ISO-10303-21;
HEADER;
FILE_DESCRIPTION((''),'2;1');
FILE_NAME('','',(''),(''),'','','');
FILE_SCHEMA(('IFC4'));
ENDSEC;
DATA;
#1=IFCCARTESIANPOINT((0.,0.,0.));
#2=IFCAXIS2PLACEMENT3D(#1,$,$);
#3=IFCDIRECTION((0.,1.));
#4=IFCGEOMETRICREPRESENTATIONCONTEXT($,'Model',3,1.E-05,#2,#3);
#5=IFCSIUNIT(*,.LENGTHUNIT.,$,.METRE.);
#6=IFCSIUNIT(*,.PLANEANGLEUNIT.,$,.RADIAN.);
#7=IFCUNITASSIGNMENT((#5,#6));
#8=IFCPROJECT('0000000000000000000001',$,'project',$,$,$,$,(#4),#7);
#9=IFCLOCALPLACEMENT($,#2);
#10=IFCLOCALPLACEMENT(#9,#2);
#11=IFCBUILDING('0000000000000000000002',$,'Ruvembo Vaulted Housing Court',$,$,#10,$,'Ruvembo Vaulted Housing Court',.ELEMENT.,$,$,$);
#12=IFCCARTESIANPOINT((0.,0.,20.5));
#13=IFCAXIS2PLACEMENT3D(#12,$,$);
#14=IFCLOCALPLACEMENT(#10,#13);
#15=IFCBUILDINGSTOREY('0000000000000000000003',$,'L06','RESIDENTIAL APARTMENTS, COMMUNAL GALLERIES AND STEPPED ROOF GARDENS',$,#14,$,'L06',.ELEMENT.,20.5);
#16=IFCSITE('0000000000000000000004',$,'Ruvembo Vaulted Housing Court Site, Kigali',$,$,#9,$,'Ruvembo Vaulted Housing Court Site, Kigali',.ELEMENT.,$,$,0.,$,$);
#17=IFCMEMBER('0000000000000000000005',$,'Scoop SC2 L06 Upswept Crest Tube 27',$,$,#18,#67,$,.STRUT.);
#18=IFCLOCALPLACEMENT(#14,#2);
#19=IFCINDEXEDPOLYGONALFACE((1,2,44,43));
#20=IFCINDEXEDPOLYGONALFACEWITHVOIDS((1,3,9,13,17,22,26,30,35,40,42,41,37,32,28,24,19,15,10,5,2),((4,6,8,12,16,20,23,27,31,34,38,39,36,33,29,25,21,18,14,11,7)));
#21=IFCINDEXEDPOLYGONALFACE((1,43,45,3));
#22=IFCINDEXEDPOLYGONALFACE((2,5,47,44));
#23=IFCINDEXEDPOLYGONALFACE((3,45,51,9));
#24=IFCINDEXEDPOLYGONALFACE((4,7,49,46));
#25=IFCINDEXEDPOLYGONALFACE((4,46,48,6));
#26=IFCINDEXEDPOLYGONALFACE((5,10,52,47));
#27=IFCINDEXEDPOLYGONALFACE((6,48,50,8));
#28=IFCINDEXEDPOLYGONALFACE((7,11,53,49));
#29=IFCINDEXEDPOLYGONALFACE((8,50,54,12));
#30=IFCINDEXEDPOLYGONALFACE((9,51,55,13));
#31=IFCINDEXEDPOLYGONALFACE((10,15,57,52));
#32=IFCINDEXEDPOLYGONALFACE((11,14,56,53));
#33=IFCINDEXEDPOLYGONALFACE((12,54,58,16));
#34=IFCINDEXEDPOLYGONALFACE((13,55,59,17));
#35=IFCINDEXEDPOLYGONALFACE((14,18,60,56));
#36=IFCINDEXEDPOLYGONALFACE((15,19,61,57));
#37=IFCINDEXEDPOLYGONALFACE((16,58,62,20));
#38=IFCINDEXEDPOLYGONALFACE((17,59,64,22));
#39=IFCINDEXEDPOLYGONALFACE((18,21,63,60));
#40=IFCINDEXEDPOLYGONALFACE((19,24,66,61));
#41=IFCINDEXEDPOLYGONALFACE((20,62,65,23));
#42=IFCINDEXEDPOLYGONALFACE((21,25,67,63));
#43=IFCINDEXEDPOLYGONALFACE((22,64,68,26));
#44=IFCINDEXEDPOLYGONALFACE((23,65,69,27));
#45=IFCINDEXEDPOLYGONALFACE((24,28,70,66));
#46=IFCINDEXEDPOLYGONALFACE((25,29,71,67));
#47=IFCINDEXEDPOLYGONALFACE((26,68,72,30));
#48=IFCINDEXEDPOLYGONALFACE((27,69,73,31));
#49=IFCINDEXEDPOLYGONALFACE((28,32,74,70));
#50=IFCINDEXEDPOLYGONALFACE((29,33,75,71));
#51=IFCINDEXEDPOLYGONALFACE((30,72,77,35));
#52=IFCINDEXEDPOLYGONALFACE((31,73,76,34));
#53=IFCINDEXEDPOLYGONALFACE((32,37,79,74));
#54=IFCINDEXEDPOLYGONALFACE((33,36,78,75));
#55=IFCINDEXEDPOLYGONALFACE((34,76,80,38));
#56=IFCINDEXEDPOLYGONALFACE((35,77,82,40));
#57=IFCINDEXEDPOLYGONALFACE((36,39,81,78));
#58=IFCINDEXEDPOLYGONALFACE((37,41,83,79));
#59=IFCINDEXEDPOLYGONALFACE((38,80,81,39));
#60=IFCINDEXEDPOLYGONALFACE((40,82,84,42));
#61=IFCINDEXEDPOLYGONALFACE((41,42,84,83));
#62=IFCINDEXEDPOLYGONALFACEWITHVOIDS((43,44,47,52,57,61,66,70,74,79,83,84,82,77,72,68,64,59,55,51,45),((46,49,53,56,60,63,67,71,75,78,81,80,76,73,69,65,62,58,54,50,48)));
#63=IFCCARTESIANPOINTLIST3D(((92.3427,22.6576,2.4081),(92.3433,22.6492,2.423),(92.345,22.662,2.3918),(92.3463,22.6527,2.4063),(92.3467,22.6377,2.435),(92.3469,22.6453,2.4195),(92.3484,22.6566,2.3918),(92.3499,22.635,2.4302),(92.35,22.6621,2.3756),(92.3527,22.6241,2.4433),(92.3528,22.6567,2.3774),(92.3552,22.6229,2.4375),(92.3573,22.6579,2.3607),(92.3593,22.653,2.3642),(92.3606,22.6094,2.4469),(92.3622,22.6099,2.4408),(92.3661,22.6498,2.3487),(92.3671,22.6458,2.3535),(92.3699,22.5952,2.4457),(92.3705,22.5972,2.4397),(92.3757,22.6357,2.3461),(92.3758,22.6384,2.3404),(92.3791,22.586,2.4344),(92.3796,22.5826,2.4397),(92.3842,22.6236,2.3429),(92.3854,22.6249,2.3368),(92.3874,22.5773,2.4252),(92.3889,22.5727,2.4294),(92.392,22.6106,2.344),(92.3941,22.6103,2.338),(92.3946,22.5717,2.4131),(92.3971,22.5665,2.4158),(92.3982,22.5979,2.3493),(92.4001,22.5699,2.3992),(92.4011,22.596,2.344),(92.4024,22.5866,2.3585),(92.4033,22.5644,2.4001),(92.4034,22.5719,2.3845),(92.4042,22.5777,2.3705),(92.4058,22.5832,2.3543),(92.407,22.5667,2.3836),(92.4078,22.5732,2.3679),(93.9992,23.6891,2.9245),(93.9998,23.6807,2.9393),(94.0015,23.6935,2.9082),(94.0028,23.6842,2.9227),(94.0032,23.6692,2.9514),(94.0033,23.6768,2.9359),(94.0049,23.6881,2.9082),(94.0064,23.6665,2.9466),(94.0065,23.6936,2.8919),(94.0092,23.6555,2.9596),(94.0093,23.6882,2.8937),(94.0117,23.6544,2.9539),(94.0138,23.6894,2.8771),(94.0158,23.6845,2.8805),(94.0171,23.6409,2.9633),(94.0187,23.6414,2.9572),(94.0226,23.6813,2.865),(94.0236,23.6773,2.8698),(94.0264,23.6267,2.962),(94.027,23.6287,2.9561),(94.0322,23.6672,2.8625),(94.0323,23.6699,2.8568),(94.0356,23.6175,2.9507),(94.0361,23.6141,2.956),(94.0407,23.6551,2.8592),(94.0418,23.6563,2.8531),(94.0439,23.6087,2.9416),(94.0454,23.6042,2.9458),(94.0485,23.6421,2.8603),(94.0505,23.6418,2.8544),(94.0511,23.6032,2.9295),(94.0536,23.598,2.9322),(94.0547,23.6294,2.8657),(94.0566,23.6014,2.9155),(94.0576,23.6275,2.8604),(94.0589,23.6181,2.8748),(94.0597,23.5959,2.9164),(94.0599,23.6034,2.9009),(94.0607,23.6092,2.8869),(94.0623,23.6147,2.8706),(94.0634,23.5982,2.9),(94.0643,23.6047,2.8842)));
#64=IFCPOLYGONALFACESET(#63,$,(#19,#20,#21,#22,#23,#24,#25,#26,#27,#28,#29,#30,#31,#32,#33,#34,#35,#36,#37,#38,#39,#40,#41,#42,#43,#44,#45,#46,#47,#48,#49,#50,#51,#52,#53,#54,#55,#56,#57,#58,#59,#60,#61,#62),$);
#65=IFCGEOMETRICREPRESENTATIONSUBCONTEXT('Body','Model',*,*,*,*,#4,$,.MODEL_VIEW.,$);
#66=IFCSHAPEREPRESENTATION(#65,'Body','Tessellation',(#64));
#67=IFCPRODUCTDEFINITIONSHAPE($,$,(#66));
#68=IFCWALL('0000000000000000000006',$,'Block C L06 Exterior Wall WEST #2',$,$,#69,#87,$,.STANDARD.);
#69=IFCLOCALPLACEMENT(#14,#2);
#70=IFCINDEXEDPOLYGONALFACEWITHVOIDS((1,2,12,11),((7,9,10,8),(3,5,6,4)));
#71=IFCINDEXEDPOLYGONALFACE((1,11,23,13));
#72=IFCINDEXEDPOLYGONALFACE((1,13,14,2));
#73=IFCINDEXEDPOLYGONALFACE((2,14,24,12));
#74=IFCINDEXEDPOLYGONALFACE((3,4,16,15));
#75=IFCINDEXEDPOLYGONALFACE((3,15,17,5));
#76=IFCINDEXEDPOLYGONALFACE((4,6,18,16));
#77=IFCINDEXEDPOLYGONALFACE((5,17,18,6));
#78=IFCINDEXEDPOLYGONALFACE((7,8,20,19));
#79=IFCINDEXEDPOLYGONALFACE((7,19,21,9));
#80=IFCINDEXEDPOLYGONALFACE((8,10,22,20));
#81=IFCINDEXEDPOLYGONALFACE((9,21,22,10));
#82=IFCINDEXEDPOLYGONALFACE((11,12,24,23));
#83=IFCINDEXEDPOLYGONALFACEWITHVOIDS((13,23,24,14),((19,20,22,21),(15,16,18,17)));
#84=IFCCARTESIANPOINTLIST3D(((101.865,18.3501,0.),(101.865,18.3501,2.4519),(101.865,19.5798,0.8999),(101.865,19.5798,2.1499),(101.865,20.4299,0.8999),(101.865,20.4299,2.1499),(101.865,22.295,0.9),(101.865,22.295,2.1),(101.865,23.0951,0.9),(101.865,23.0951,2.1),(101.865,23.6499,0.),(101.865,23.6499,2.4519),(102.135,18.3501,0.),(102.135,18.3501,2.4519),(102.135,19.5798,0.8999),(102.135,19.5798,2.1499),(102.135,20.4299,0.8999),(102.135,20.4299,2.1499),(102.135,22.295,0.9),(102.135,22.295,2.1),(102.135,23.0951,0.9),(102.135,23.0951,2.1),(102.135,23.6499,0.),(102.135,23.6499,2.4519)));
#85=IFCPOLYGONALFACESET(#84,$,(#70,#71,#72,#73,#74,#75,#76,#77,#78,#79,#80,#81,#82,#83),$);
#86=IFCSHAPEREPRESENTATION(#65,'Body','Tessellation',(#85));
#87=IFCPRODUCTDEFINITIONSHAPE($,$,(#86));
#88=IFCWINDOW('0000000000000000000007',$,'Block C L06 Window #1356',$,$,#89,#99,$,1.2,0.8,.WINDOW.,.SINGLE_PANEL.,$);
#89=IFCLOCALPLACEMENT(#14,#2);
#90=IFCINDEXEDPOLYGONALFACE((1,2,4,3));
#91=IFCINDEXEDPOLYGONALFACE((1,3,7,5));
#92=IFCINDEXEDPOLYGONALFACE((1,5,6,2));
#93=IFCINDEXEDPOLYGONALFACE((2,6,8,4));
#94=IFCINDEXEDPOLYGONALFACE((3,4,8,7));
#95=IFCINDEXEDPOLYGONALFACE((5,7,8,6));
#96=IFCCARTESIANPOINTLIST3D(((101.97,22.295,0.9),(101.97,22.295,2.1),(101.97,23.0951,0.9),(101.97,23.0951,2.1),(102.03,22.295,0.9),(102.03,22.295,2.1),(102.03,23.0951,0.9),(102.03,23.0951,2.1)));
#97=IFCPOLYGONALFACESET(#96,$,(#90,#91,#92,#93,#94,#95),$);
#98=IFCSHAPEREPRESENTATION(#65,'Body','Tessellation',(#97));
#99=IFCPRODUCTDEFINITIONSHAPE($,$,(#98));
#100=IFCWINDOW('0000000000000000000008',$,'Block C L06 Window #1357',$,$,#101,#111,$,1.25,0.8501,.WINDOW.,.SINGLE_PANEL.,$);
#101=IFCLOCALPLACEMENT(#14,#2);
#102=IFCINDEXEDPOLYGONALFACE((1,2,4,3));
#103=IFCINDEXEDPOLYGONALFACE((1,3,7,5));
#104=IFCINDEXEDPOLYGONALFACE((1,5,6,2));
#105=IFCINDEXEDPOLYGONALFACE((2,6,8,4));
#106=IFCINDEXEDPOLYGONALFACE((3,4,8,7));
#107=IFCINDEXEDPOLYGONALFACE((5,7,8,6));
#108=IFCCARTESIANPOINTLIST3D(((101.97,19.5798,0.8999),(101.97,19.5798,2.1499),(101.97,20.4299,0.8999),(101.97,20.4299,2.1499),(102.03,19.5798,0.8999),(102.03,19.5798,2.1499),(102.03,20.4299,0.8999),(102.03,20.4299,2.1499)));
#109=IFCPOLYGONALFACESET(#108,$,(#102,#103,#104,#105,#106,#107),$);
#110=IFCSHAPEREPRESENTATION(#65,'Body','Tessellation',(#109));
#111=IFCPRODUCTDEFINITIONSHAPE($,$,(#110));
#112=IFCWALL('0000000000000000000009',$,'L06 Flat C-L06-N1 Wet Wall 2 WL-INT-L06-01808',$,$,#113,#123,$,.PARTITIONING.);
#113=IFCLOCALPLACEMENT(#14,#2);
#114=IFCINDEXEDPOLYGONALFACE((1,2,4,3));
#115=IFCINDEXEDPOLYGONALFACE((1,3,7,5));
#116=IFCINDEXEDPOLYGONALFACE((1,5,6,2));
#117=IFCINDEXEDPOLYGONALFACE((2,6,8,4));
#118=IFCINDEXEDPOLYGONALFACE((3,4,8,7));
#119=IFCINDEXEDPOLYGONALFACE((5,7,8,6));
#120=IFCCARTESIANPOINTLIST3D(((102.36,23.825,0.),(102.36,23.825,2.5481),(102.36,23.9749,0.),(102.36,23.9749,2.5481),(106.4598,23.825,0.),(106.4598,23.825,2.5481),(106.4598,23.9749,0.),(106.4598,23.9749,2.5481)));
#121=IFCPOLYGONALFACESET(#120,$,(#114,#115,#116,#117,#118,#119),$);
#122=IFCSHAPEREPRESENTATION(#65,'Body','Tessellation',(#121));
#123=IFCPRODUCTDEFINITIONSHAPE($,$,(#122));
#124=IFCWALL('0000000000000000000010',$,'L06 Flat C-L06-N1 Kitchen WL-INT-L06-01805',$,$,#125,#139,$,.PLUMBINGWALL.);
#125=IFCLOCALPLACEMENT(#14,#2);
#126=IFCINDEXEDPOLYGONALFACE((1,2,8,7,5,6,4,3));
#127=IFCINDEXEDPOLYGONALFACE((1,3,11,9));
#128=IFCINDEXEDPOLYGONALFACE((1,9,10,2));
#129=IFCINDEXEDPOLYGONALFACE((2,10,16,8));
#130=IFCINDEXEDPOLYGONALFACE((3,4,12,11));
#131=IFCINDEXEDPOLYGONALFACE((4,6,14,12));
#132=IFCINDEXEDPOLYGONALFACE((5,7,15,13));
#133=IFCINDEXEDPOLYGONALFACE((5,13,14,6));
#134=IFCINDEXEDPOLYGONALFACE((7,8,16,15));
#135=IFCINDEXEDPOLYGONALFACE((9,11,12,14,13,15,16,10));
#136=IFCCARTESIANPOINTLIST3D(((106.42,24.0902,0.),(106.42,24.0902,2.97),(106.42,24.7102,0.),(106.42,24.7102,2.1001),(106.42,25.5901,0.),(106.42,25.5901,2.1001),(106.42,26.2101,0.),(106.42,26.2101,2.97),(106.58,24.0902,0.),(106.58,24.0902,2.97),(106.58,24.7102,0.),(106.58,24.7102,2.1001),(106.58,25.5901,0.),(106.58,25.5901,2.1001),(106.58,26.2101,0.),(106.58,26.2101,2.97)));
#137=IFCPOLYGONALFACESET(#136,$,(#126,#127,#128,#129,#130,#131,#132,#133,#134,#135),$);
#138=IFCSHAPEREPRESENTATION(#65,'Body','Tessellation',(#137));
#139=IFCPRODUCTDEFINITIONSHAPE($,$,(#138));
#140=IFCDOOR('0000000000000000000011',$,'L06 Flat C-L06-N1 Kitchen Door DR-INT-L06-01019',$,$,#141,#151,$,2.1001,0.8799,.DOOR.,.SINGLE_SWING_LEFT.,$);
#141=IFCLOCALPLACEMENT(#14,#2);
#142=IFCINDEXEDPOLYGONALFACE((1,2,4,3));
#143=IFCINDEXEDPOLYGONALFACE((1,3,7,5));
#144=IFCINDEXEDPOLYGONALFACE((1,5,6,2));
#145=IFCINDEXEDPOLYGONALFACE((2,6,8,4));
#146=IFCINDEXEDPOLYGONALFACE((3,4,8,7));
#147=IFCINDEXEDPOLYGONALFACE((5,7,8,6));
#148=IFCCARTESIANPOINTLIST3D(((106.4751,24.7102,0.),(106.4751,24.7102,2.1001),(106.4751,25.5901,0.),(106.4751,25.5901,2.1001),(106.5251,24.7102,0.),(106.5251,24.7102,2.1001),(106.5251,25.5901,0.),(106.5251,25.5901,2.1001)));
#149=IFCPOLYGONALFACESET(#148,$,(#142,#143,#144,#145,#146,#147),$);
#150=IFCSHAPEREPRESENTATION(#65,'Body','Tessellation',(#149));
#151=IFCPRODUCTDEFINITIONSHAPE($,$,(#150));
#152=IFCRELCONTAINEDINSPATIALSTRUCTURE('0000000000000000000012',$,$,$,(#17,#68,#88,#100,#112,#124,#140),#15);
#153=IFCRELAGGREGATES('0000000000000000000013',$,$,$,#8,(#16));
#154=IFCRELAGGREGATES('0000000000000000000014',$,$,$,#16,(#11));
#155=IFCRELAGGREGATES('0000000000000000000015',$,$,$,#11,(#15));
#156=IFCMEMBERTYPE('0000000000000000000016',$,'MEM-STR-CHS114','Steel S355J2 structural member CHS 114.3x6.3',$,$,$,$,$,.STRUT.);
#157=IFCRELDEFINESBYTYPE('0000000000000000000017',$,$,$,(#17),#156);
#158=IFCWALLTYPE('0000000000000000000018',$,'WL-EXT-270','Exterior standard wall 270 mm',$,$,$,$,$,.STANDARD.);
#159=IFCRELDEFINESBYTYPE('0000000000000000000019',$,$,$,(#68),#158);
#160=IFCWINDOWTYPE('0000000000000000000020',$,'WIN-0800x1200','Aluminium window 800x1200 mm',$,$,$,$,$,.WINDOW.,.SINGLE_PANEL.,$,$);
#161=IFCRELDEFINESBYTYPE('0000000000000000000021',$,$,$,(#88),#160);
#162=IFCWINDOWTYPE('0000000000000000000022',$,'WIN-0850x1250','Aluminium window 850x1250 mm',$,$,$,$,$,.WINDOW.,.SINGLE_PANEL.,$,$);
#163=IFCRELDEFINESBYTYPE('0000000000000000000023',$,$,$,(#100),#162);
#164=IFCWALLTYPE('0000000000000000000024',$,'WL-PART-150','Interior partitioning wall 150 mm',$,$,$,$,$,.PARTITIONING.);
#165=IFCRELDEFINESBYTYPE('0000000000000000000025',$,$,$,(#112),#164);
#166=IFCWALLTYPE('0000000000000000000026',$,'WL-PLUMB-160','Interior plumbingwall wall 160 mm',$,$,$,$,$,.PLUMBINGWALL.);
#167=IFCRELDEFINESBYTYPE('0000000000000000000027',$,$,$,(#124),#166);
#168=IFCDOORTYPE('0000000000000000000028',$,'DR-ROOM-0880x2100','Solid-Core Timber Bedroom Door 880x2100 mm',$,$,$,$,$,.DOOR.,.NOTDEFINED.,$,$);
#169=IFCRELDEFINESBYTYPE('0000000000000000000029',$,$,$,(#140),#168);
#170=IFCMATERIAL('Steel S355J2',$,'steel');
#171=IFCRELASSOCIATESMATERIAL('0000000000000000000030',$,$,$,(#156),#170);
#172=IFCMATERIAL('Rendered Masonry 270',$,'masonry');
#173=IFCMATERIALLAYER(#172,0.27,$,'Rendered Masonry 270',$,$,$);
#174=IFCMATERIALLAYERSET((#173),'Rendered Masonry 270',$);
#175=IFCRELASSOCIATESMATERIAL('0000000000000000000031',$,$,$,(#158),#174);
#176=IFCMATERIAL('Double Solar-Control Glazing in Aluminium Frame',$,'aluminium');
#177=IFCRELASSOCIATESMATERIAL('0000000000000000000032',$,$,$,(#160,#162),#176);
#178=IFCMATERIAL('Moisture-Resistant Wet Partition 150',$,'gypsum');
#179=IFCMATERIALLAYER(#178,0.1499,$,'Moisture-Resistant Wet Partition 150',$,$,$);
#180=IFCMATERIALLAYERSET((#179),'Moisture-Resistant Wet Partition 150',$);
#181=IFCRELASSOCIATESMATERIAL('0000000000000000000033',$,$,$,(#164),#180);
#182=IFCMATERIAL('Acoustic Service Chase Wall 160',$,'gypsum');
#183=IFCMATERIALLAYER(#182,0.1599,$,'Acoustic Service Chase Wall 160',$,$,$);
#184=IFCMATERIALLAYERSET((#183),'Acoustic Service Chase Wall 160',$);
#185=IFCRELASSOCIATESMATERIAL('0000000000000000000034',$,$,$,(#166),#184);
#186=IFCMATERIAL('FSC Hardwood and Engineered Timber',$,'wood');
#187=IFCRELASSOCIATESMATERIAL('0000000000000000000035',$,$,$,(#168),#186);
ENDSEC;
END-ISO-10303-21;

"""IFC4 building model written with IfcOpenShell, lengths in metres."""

from ifc_helpers import new_model, si_unit, direction, frame, frame_2d, origin, origin_2d, place, context, subcontext, project, spatial, rectangle, hollow_circle, extrude, material, layer, layer_set, material_profile, profile_set, type_object, element, fill, save


model = new_model("IFC4")

# Units and contexts
model_context = context("Model", 3, precision=1e-05, world=origin(), true_north=direction((0.0, 1.0)))
body_context = subcontext(model_context, "Body", "Model", "MODEL_VIEW")
ifc_project = project(units=[si_unit("LENGTHUNIT", "METRE"), si_unit("PLANEANGLEUNIT", "RADIAN")], contexts=[model_context])

# Site, building, storey
site_placement = place(None, origin())
site = spatial("IfcSite", under=ifc_project, at=site_placement, Name="Ruvembo Vaulted Housing Court Site, Kigali", LongName="Ruvembo Vaulted Housing Court Site, Kigali", CompositionType="ELEMENT", RefElevation=0.0)
building_placement = place(site_placement, origin())
building = spatial("IfcBuilding", under=site, at=building_placement, Name="Ruvembo Vaulted Housing Court", LongName="Ruvembo Vaulted Housing Court", CompositionType="ELEMENT")
storey_placement = place(building_placement, frame((0.0, 0.0, 20.5)))
storey = spatial("IfcBuildingStorey", under=building, at=storey_placement, Name="L06", Description="RESIDENTIAL APARTMENTS, COMMUNAL GALLERIES AND STEPPED ROOF GARDENS", LongName="L06", CompositionType="ELEMENT", Elevation=20.5)

# Shared definitions
ifc_material_1 = material(Name="Steel S355J2", Category="steel")

# Member
ifc_material_profile_1 = material_profile(ifc_material_1, hollow_circle(Radius=0.0571, WallThickness=0.0063, at=origin_2d()), Name="CHS 114.3x6.3")
ifc_profile_set_1 = profile_set([ifc_material_profile_1], Name="Steel S355J2")
member_type_1 = type_object("IfcMemberType", Name="MEM-STR-CHS114", Description="Steel S355J2 structural member CHS 114.3x6.3", PredefinedType="STRUT", material=ifc_profile_set_1)
member_1_placement = place(storey_placement, frame((92.3752, 22.6135, 2.3918), z_axis=(0.820632, 0.511005, 0.255805), x_axis=(-0.528592, 0.848876, 0.0)))
element("IfcMember", 1, at=member_1_placement, inside=storey, type_object=member_type_1, Name="Scoop SC2 L06 Upswept Crest Tube 27", PredefinedType="STRUT", context=body_context, shape_type="SweptSolid", body=[
    extrude(hollow_circle(Radius=0.0571, WallThickness=0.0063, at=origin_2d()), origin(), (0.0, 0.0, 1.0), 2.0186),
])

# Wall, openings, windows
ifc_material_2 = material(Name="Rendered Masonry 270", Category="masonry")
ifc_layer_1 = layer(ifc_material_2, 0.27, Name="Rendered Masonry 270")
ifc_layer_set_1 = layer_set([ifc_layer_1], Name="Rendered Masonry 270")
wall_type_1 = type_object("IfcWallType", Name="WL-EXT-270", Description="Exterior standard wall 270 mm", PredefinedType="STANDARD", material=ifc_layer_set_1)
wall_1_placement = place(storey_placement, frame((102.0, 23.6499, 0.0), z_axis=(0.0, 0.0, 1.0), x_axis=(0.0, -1.0, 0.0)))
wall_1 = element("IfcWall", 2, at=wall_1_placement, inside=storey, type_object=wall_type_1, Name="Block C L06 Exterior Wall WEST #2", PredefinedType="STANDARD", context=body_context, shape_type="SweptSolid", body=[
    extrude(rectangle(XDim=5.2998, YDim=0.27, at=frame_2d((2.6499, 0.0))), origin(), (0.0, 0.0, 1.0), 2.4519),
])
opening_1_placement = place(wall_1_placement, frame((0.5549, 0.0, 0.8999)))
opening_1 = element("IfcOpeningElement", 3, at=opening_1_placement, cuts=wall_1, PredefinedType="OPENING", context=body_context, shape_type="SweptSolid", body=[
    extrude(rectangle(XDim=0.8, YDim=1.2, at=frame_2d((0.3999, 0.6001))), frame((0.0, 0.145, 0.0), z_axis=(0.0, -1.0, 0.0), x_axis=(1.0, 0.0, 0.0)), (0.0, 0.0, 1.0), 0.29),
])
opening_2_placement = place(wall_1_placement, frame((3.22, 0.0, 0.8999)))
opening_2 = element("IfcOpeningElement", 4, at=opening_2_placement, cuts=wall_1, PredefinedType="OPENING", context=body_context, shape_type="SweptSolid", body=[
    extrude(rectangle(XDim=0.8501, YDim=1.25, at=frame_2d((0.425, 0.625))), frame((0.0, 0.145, 0.0), z_axis=(0.0, -1.0, 0.0), x_axis=(1.0, 0.0, 0.0)), (0.0, 0.0, 1.0), 0.29),
])
ifc_material_3 = material(Name="Double Solar-Control Glazing in Aluminium Frame", Category="aluminium")
window_type_1 = type_object("IfcWindowType", Name="WIN-0800x1200", Description="Aluminium window 800x1200 mm", PartitioningType="SINGLE_PANEL", PredefinedType="WINDOW", material=ifc_material_3)
window_1_placement = place(opening_1_placement, origin())
window_1 = element("IfcWindow", 5, at=window_1_placement, inside=storey, type_object=window_type_1, Name="Block C L06 Window #1356", OverallHeight=1.2, OverallWidth=0.8, PartitioningType="SINGLE_PANEL", PredefinedType="WINDOW", context=body_context, shape_type="SweptSolid", body=[
    extrude(rectangle(XDim=0.8, YDim=1.2, at=frame_2d((0.3999, 0.6001))), frame((0.0, 0.03, 0.0), z_axis=(0.0, -1.0, 0.0), x_axis=(1.0, 0.0, 0.0)), (0.0, 0.0, 1.0), 0.0601),
])
fill(opening_1, window_1)
window_type_2 = type_object("IfcWindowType", Name="WIN-0850x1250", Description="Aluminium window 850x1250 mm", PartitioningType="SINGLE_PANEL", PredefinedType="WINDOW", material=ifc_material_3)
window_2_placement = place(opening_2_placement, origin())
window_2 = element("IfcWindow", 6, at=window_2_placement, inside=storey, type_object=window_type_2, Name="Block C L06 Window #1357", OverallHeight=1.25, OverallWidth=0.8501, PartitioningType="SINGLE_PANEL", PredefinedType="WINDOW", context=body_context, shape_type="SweptSolid", body=[
    extrude(rectangle(XDim=0.8501, YDim=1.25, at=frame_2d((0.425, 0.625))), frame((0.0, 0.03, 0.0), z_axis=(0.0, -1.0, 0.0), x_axis=(1.0, 0.0, 0.0)), (0.0, 0.0, 1.0), 0.0601),
])
fill(opening_2, window_2)

# Wall
ifc_material_4 = material(Name="Moisture-Resistant Wet Partition 150", Category="gypsum")
ifc_layer_2 = layer(ifc_material_4, 0.1499, Name="Moisture-Resistant Wet Partition 150")
ifc_layer_set_2 = layer_set([ifc_layer_2], Name="Moisture-Resistant Wet Partition 150")
wall_type_2 = type_object("IfcWallType", Name="WL-PART-150", Description="Interior partitioning wall 150 mm", PredefinedType="PARTITIONING", material=ifc_layer_set_2)
wall_2_placement = place(storey_placement, frame((102.3601, 23.8999, 0.0), z_axis=(0.0, 0.0, 1.0), x_axis=(1.0, 0.0, 0.0)))
element("IfcWall", 7, at=wall_2_placement, inside=storey, type_object=wall_type_2, Name="L06 Flat C-L06-N1 Wet Wall 2 WL-INT-L06-01808", PredefinedType="PARTITIONING", context=body_context, shape_type="SweptSolid", body=[
    extrude(rectangle(XDim=4.0999, YDim=0.1499, at=frame_2d((2.0498, 0.0))), origin(), (0.0, 0.0, 1.0), 2.5481),
])

# Wall, opening, door
ifc_material_5 = material(Name="Acoustic Service Chase Wall 160", Category="gypsum")
ifc_layer_3 = layer(ifc_material_5, 0.1599, Name="Acoustic Service Chase Wall 160")
ifc_layer_set_3 = layer_set([ifc_layer_3], Name="Acoustic Service Chase Wall 160")
wall_type_3 = type_object("IfcWallType", Name="WL-PLUMB-160", Description="Interior plumbingwall wall 160 mm", PredefinedType="PLUMBINGWALL", material=ifc_layer_set_3)
wall_3_placement = place(storey_placement, frame((106.5, 24.0901, 0.0), z_axis=(0.0, 0.0, 1.0), x_axis=(0.0, 1.0, 0.0)))
wall_3 = element("IfcWall", 8, at=wall_3_placement, inside=storey, type_object=wall_type_3, Name="L06 Flat C-L06-N1 Kitchen WL-INT-L06-01805", PredefinedType="PLUMBINGWALL", context=body_context, shape_type="SweptSolid", body=[
    extrude(rectangle(XDim=2.1199, YDim=0.1599, at=frame_2d((1.0601, 0.0))), origin(), (0.0, 0.0, 1.0), 2.97),
])
opening_3_placement = place(wall_3_placement, frame((0.6201, 0.0, 0.0)))
opening_3 = element("IfcOpeningElement", 9, at=opening_3_placement, cuts=wall_3, PredefinedType="OPENING", context=body_context, shape_type="SweptSolid", body=[
    extrude(rectangle(XDim=0.8799, YDim=2.1001, at=frame_2d((0.4399, 1.05))), frame((0.0, 0.0898, 0.0), z_axis=(0.0, -1.0, 0.0), x_axis=(1.0, 0.0, 0.0)), (0.0, 0.0, 1.0), 0.1799),
])
ifc_material_6 = material(Name="FSC Hardwood and Engineered Timber", Category="wood")
door_type = type_object("IfcDoorType", Name="DR-ROOM-0880x2100", Description="Solid-Core Timber Bedroom Door 880x2100 mm", OperationType="NOTDEFINED", PredefinedType="DOOR", material=ifc_material_6)
door_placement = place(opening_3_placement, origin())
door = element("IfcDoor", 10, at=door_placement, inside=storey, type_object=door_type, Name="L06 Flat C-L06-N1 Kitchen Door DR-INT-L06-01019", OperationType="SINGLE_SWING_LEFT", OverallHeight=2.1001, OverallWidth=0.8799, PredefinedType="DOOR", context=body_context, shape_type="SweptSolid", body=[
    extrude(rectangle(XDim=0.8799, YDim=2.1001, at=frame_2d((0.4399, 1.05))), frame((0.0, 0.0249, 0.0), z_axis=(0.0, -1.0, 0.0), x_axis=(1.0, 0.0, 0.0)), (0.0, 0.0, 1.0), 0.05),
])
fill(opening_3, door)

save(model, "model.ifc")
